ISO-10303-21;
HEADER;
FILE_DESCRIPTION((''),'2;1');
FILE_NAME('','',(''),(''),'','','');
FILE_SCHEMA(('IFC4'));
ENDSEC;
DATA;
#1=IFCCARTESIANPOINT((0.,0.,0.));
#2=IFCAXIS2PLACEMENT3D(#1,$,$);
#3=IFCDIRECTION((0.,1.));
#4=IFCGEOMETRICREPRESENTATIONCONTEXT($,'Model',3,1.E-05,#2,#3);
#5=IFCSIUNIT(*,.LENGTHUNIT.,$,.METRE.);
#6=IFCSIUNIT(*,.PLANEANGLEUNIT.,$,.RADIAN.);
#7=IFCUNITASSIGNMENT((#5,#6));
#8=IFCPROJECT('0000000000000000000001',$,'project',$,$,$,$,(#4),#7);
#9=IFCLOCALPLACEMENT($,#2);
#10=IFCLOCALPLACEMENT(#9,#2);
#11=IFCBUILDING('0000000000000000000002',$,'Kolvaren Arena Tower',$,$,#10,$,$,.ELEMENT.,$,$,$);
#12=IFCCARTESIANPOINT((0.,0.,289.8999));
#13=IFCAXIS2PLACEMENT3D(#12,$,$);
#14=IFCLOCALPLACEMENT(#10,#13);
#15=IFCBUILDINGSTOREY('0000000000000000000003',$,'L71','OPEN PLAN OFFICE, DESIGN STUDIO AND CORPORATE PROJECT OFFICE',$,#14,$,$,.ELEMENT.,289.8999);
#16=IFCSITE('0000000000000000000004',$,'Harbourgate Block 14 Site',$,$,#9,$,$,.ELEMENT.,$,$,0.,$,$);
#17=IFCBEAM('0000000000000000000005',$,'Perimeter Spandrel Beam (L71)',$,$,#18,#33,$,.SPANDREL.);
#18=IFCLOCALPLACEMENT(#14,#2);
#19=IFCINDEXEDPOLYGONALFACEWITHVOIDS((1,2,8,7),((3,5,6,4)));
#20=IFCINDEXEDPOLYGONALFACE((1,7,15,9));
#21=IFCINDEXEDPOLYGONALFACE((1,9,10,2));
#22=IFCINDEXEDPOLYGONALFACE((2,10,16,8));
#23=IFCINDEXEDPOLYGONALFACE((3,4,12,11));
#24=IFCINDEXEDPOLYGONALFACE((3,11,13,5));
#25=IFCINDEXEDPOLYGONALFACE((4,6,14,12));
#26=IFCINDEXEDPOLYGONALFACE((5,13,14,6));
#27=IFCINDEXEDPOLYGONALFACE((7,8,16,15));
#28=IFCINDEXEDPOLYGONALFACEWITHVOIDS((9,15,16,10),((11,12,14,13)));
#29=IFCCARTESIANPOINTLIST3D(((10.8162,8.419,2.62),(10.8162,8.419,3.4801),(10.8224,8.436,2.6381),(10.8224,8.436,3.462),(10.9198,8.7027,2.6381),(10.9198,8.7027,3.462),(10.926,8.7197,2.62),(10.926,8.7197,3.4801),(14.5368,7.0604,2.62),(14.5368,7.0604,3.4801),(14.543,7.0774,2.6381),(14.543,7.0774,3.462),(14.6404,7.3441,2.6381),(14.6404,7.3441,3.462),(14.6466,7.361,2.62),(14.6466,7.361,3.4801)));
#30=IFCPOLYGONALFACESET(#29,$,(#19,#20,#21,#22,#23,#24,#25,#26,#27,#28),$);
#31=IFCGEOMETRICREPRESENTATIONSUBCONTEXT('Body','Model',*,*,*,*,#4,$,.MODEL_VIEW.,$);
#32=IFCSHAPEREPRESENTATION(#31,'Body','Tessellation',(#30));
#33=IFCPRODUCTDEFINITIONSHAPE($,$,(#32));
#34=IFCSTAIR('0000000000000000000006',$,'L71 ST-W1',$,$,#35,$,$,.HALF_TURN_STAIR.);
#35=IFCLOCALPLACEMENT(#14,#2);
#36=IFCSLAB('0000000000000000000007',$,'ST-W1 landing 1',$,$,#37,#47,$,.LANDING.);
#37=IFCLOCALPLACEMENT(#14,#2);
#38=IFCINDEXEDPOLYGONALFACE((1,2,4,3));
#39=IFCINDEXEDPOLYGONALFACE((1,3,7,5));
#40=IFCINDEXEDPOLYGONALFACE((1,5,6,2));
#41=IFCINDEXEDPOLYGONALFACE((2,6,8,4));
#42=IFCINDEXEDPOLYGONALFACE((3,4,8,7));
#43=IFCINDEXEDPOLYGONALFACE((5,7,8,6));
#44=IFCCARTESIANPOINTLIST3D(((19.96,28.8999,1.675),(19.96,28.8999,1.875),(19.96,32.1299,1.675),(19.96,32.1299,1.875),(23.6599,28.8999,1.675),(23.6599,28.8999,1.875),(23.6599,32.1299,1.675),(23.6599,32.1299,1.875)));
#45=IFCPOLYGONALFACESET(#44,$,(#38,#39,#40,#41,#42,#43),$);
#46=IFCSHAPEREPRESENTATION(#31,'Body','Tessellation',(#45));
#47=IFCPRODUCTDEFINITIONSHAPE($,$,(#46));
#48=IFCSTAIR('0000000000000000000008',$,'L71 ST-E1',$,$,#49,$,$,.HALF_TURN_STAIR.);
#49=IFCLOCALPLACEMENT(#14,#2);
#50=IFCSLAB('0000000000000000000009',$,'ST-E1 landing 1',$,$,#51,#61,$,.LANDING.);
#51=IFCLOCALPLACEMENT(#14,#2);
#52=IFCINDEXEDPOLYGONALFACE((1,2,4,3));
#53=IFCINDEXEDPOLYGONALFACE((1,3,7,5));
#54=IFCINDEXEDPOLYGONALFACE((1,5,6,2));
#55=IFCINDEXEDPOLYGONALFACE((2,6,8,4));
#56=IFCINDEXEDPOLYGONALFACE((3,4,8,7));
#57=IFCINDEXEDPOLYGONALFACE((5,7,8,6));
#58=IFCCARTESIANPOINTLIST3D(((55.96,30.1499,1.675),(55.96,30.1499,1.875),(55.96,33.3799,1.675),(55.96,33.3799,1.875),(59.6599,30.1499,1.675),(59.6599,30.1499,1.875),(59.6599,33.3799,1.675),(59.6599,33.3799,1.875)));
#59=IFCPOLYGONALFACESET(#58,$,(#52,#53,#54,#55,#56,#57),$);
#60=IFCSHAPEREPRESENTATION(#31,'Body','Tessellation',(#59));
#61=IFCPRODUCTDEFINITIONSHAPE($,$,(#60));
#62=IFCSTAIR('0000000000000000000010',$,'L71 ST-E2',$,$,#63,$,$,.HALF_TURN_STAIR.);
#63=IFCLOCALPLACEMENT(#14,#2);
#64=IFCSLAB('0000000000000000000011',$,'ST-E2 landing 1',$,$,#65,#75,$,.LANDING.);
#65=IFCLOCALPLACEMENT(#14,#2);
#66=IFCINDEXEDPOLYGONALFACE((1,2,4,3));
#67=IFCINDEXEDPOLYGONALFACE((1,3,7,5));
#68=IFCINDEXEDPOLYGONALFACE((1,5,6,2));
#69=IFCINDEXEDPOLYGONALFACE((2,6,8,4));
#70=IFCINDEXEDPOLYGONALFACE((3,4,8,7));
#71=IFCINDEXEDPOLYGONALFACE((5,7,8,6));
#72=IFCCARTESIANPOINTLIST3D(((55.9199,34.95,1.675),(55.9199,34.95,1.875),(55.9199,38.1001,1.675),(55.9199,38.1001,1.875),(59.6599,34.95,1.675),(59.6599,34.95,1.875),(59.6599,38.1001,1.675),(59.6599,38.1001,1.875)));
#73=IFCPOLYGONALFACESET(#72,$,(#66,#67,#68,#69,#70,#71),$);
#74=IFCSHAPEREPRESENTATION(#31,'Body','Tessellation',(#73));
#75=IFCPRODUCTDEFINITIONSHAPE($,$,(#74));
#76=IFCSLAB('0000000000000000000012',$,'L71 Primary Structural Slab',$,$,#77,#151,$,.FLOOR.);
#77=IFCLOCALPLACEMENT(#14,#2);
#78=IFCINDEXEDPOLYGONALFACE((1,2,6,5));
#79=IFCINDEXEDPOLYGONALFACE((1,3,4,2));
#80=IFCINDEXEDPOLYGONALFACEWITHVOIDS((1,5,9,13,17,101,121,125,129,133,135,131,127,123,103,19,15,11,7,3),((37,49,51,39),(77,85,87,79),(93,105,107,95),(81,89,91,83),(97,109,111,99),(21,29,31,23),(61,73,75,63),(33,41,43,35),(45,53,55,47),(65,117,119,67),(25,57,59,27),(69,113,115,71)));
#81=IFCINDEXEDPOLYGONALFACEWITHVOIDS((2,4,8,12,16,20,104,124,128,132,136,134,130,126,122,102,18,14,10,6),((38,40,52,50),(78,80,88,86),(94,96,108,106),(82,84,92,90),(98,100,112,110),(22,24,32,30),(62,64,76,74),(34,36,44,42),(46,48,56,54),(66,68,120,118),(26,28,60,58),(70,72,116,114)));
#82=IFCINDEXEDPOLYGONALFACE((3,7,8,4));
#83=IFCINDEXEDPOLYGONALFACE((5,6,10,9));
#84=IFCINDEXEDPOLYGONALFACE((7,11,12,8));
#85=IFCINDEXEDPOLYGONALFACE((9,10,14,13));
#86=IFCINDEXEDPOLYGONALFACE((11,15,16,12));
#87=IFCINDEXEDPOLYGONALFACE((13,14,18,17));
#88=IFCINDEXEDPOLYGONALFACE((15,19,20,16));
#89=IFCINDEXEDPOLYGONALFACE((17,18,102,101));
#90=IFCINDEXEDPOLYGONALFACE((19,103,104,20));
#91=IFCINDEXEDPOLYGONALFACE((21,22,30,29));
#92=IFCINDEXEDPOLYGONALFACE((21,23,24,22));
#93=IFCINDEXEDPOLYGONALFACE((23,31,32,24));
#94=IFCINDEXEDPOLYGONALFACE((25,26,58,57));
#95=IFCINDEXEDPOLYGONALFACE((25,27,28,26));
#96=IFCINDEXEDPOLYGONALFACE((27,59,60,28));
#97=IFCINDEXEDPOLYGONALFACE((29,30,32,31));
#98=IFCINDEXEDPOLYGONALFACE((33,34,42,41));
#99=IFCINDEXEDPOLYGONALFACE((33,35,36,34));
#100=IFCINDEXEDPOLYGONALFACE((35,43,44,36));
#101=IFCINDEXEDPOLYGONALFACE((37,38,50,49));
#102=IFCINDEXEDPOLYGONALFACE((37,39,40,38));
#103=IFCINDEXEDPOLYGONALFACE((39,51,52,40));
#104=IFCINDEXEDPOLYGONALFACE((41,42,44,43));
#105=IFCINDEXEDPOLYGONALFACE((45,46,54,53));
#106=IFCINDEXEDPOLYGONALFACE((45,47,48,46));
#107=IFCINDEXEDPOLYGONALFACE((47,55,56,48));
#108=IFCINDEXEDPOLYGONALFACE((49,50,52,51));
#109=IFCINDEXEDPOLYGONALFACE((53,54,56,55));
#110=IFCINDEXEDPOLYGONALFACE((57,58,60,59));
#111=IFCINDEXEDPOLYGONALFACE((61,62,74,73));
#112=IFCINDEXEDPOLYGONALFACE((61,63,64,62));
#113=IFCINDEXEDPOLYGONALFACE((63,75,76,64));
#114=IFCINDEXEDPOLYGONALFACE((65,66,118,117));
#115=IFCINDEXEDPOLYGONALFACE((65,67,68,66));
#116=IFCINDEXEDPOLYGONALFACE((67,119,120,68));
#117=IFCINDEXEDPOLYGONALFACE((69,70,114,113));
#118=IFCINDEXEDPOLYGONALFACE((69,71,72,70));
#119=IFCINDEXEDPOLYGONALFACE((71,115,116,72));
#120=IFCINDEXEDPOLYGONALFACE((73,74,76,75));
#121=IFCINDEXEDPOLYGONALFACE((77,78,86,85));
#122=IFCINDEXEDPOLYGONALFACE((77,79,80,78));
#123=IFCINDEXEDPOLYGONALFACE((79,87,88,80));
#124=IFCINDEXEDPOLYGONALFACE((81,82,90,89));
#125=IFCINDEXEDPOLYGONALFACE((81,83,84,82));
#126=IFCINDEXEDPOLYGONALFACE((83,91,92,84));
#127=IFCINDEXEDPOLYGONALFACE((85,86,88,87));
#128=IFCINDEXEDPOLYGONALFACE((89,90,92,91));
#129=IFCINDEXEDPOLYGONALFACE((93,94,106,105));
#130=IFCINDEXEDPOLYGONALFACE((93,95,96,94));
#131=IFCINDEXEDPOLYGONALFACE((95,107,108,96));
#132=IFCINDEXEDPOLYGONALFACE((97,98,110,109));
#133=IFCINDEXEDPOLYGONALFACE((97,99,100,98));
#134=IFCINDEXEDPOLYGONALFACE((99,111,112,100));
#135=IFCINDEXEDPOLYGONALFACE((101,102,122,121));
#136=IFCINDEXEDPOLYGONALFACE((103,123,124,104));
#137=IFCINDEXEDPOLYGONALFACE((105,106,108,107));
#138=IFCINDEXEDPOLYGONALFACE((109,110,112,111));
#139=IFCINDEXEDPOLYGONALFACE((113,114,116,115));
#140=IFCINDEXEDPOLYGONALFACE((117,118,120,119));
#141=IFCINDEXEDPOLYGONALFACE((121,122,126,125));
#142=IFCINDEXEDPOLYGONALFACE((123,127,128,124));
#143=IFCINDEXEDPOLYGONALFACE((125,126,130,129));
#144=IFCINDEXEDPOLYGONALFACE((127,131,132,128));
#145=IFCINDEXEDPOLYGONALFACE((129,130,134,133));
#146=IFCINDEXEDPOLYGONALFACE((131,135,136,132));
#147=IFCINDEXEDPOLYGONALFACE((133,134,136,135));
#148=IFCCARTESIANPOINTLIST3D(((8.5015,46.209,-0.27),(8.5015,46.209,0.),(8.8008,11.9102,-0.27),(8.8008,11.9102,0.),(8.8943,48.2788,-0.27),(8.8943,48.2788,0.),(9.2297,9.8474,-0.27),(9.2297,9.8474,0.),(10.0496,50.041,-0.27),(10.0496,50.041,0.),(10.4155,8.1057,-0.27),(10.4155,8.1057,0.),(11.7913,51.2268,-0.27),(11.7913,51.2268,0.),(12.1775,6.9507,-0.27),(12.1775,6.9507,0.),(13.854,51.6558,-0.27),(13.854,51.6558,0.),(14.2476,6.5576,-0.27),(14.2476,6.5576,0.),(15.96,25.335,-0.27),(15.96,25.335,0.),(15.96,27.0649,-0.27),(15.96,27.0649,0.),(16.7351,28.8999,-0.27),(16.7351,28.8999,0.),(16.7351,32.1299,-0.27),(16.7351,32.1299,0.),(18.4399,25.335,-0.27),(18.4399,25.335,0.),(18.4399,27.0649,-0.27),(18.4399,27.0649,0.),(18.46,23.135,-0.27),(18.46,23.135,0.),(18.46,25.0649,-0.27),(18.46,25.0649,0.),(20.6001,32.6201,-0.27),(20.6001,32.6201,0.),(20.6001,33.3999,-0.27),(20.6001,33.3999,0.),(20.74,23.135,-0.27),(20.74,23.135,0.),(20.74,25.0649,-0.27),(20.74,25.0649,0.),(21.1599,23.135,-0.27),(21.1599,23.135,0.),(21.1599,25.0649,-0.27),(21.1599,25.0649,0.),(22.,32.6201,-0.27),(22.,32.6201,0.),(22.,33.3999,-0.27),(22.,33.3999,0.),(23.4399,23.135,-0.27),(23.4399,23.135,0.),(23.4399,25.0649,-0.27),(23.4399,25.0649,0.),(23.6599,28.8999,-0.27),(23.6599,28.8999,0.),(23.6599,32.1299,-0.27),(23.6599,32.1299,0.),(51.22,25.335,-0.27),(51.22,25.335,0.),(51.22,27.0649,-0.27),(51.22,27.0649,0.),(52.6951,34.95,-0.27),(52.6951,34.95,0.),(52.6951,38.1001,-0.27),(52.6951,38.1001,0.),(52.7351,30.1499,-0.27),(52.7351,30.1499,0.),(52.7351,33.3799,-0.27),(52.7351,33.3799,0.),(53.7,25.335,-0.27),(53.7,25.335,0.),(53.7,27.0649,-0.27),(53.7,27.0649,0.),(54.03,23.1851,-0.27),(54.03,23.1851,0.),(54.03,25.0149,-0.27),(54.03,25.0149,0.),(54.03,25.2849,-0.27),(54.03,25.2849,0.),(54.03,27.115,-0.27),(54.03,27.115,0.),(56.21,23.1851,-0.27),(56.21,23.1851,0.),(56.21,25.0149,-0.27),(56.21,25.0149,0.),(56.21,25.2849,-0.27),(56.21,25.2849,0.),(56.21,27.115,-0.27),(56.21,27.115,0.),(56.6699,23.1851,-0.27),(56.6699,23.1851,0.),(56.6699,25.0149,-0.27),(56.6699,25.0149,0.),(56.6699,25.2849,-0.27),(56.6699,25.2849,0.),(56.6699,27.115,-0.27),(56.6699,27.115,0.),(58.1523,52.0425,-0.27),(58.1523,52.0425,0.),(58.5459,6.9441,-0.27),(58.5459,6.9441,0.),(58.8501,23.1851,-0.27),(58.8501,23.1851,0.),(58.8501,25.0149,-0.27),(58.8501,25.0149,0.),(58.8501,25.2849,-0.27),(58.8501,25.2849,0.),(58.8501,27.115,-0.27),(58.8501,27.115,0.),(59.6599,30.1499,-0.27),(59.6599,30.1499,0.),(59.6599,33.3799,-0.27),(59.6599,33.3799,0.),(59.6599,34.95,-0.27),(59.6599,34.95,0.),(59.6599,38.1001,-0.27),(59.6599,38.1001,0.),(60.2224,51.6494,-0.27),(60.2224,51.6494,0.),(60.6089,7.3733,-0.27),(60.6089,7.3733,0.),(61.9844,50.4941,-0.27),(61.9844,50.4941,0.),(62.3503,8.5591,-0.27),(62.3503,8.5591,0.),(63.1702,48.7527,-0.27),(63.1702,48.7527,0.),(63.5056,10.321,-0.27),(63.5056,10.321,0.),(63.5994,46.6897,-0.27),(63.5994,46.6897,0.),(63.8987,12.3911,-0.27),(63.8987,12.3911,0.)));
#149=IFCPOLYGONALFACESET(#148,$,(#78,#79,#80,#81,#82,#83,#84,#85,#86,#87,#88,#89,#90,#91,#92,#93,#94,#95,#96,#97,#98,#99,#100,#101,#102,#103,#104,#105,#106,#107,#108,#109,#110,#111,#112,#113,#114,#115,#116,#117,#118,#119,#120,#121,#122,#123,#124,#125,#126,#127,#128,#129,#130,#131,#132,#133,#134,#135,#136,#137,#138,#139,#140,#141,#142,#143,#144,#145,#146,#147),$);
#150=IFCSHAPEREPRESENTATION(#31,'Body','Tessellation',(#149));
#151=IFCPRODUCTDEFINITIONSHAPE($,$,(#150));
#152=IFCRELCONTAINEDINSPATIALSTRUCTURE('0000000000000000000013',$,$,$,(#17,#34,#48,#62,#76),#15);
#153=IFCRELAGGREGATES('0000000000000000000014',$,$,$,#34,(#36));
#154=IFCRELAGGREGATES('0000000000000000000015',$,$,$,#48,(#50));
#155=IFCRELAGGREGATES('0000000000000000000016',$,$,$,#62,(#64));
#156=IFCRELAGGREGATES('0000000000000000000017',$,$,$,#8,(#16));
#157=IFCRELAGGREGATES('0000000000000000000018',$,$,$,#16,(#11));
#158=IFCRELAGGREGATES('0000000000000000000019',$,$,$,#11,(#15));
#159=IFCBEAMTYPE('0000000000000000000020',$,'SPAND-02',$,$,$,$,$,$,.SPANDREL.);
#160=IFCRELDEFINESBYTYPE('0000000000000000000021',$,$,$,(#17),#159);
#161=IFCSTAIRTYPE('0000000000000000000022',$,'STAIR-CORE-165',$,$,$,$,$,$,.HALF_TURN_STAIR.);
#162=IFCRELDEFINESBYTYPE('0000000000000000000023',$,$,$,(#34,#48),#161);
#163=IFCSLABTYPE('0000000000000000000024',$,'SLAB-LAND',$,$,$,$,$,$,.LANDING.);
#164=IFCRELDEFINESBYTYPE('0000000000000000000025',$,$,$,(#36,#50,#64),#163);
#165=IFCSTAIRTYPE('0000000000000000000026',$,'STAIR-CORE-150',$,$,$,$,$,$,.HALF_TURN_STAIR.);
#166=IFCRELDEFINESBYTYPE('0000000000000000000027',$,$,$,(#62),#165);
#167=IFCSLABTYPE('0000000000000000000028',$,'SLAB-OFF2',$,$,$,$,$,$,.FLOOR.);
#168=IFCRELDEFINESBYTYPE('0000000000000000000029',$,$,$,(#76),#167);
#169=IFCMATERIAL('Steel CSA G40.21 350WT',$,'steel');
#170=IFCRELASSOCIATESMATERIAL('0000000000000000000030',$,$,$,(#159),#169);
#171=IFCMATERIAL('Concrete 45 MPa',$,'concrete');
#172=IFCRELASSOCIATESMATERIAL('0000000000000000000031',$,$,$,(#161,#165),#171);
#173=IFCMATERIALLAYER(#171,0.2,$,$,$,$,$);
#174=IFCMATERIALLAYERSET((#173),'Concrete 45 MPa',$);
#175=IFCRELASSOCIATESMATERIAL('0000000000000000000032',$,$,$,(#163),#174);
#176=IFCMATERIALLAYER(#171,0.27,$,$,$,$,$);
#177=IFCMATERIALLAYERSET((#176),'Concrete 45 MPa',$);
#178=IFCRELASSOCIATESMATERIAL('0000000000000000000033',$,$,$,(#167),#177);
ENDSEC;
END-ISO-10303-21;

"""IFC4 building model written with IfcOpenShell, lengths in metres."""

from ifc_helpers import new_model, si_unit, direction, frame, origin, origin_2d, place, context, subcontext, project, spatial, polyline, hollow_rectangle, outline, extrude, material, layer, layer_set, material_profile, profile_set, type_object, element, aggregate, save


model = new_model("IFC4")

# Units and contexts
model_context = context("Model", 3, precision=1e-05, world=origin(), true_north=direction((0.0, 1.0)))
body_context = subcontext(model_context, "Body", "Model", "MODEL_VIEW")
ifc_project = project(units=[si_unit("LENGTHUNIT", "METRE"), si_unit("PLANEANGLEUNIT", "RADIAN")], contexts=[model_context])

# Site, building, storey
site_placement = place(None, origin())
site = spatial("IfcSite", under=ifc_project, at=site_placement, Name="Harbourgate Block 14 Site", CompositionType="ELEMENT", RefElevation=0.0)
building_placement = place(site_placement, origin())
building = spatial("IfcBuilding", under=site, at=building_placement, Name="Kolvaren Arena Tower", CompositionType="ELEMENT")
storey_placement = place(building_placement, frame((0.0, 0.0, 289.8999)))
storey = spatial("IfcBuildingStorey", under=building, at=storey_placement, Name="L71", Description="OPEN PLAN OFFICE, DESIGN STUDIO AND CORPORATE PROJECT OFFICE", CompositionType="ELEMENT", Elevation=289.8999)

# Beam
ifc_material_1 = material(Name="Steel CSA G40.21 350WT", Category="steel")
ifc_material_profile_1 = material_profile(ifc_material_1, hollow_rectangle(XDim=0.3201, YDim=0.8601, WallThickness=0.0181, at=origin_2d()), Name="HSS 860x320x18")
ifc_profile_set_1 = profile_set([ifc_material_profile_1], Name="Steel CSA G40.21 350WT")
beam_type_1 = type_object("IfcBeamType", Name="SPAND-02", PredefinedType="SPANDREL", material=ifc_profile_set_1)
beam_1_placement = place(storey_placement, frame((10.8711, 8.5693, 3.05), z_axis=(0.939334, -0.343005, 0.0), x_axis=(0.343005, 0.939334, 0.0)))
element("IfcBeam", 1, at=beam_1_placement, inside=storey, type_object=beam_type_1, Name="Perimeter Spandrel Beam (L71)", PredefinedType="SPANDREL", context=body_context, shape_type="SweptSolid", body=[
    extrude(hollow_rectangle(XDim=0.3201, YDim=0.8601, WallThickness=0.0181, at=origin_2d()), origin(), (0.0, 0.0, 1.0), 3.9609),
])

# Stairs, slabs
ifc_material_2 = material(Name="Concrete 45 MPa", Category="concrete")
stair_type_1 = type_object("IfcStairType", Name="STAIR-CORE-165", PredefinedType="HALF_TURN_STAIR", material=ifc_material_2)
stair_1_placement = place(storey_placement, origin())
stair_1 = element("IfcStair", 2, at=stair_1_placement, inside=storey, type_object=stair_type_1, Name="L71 ST-W1", PredefinedType="HALF_TURN_STAIR")
ifc_layer_1 = layer(ifc_material_2, 0.2)
ifc_layer_set_1 = layer_set([ifc_layer_1], Name="Concrete 45 MPa")
slab_type_1 = type_object("IfcSlabType", Name="SLAB-LAND", PredefinedType="LANDING", material=ifc_layer_set_1)
slab_1_placement = place(storey_placement, frame((0.0, 0.0, 1.675)))
slab_1 = element("IfcSlab", 3, at=slab_1_placement, type_object=slab_type_1, Name="ST-W1 landing 1", PredefinedType="LANDING", context=body_context, shape_type="SweptSolid", body=[
    extrude(outline(polyline([(19.96, 28.8999), (23.6599, 28.8999), (23.6599, 32.1299), (19.96, 32.1299), (19.96, 28.8999)])), origin(), (0.0, 0.0, 1.0), 0.2),
])
aggregate(stair_1, [slab_1])
stair_2_placement = place(storey_placement, origin())
stair_2 = element("IfcStair", 4, at=stair_2_placement, inside=storey, type_object=stair_type_1, Name="L71 ST-E1", PredefinedType="HALF_TURN_STAIR")
slab_2_placement = place(storey_placement, frame((0.0, 0.0, 1.675)))
slab_2 = element("IfcSlab", 5, at=slab_2_placement, type_object=slab_type_1, Name="ST-E1 landing 1", PredefinedType="LANDING", context=body_context, shape_type="SweptSolid", body=[
    extrude(outline(polyline([(55.96, 30.1499), (59.6599, 30.1499), (59.6599, 33.3799), (55.96, 33.3799), (55.96, 30.1499)])), origin(), (0.0, 0.0, 1.0), 0.2),
])
aggregate(stair_2, [slab_2])
stair_type_2 = type_object("IfcStairType", Name="STAIR-CORE-150", PredefinedType="HALF_TURN_STAIR", material=ifc_material_2)
stair_3_placement = place(storey_placement, origin())
stair_3 = element("IfcStair", 6, at=stair_3_placement, inside=storey, type_object=stair_type_2, Name="L71 ST-E2", PredefinedType="HALF_TURN_STAIR")
slab_3_placement = place(storey_placement, frame((0.0, 0.0, 1.675)))
slab_3 = element("IfcSlab", 7, at=slab_3_placement, type_object=slab_type_1, Name="ST-E2 landing 1", PredefinedType="LANDING", context=body_context, shape_type="SweptSolid", body=[
    extrude(outline(polyline([(55.9199, 34.95), (59.6599, 34.95), (59.6599, 38.1001), (55.9199, 38.1001), (55.9199, 34.95)])), origin(), (0.0, 0.0, 1.0), 0.2),
])
aggregate(stair_3, [slab_3])

# Slab
ifc_layer_2 = layer(ifc_material_2, 0.27)
ifc_layer_set_2 = layer_set([ifc_layer_2], Name="Concrete 45 MPa")
slab_type_2 = type_object("IfcSlabType", Name="SLAB-OFF2", PredefinedType="FLOOR", material=ifc_layer_set_2)
slab_4_placement = place(storey_placement, frame((0.0, 0.0, -0.27)))
element("IfcSlab", 8, at=slab_4_placement, inside=storey, type_object=slab_type_2, Name="L71 Primary Structural Slab", PredefinedType="FLOOR", context=body_context, shape_type="SweptSolid", body=[
    extrude(outline(polyline([(58.5459, 6.9441), (60.6089, 7.3733), (62.3503, 8.5591), (63.5056, 10.321), (63.8987, 12.3911), (63.5994, 46.6897), (63.1702, 48.7527), (61.9844, 50.4941), (60.2224, 51.6494), (58.1523, 52.0425), (13.854, 51.6558), (11.7913, 51.2268), (10.0496, 50.041), (8.8943, 48.2788), (8.5015, 46.209), (8.8008, 11.9102), (9.2297, 9.8474), (10.4155, 8.1057), (12.1775, 6.9507), (14.2476, 6.5576), (58.5459, 6.9441)]), holes=[polyline([(20.74, 23.135), (18.46, 23.135), (18.46, 25.0649), (20.74, 25.0649), (20.74, 23.135)]), polyline([(21.1599, 23.135), (21.1599, 25.0649), (23.4399, 25.0649), (23.4399, 23.135), (21.1599, 23.135)]), polyline([(56.21, 23.1851), (54.03, 23.1851), (54.03, 25.0149), (56.21, 25.0149), (56.21, 23.1851)]), polyline([(56.6699, 23.1851), (56.6699, 25.0149), (58.8501, 25.0149), (58.8501, 23.1851), (56.6699, 23.1851)]), polyline([(54.03, 25.2849), (54.03, 27.115), (56.21, 27.115), (56.21, 25.2849), (54.03, 25.2849)]), polyline([(58.8501, 25.2849), (56.6699, 25.2849), (56.6699, 27.115), (58.8501, 27.115), (58.8501, 25.2849)]), polyline([(15.96, 25.335), (15.96, 27.0649), (18.4399, 27.0649), (18.4399, 25.335), (15.96, 25.335)]), polyline([(53.7, 25.335), (51.22, 25.335), (51.22, 27.0649), (53.7, 27.0649), (53.7, 25.335)]), polyline([(16.7351, 28.8999), (16.7351, 32.1299), (23.6599, 32.1299), (23.6599, 28.8999), (16.7351, 28.8999)]), polyline([(52.7351, 30.1499), (52.7351, 33.3799), (59.6599, 33.3799), (59.6599, 30.1499), (52.7351, 30.1499)]), polyline([(20.6001, 32.6201), (20.6001, 33.3999), (22.0, 33.3999), (22.0, 32.6201), (20.6001, 32.6201)]), polyline([(52.6951, 34.95), (52.6951, 38.1001), (59.6599, 38.1001), (59.6599, 34.95), (52.6951, 34.95)])]), origin(), (0.0, 0.0, 1.0), 0.27),
])

save(model, "model.ifc")
